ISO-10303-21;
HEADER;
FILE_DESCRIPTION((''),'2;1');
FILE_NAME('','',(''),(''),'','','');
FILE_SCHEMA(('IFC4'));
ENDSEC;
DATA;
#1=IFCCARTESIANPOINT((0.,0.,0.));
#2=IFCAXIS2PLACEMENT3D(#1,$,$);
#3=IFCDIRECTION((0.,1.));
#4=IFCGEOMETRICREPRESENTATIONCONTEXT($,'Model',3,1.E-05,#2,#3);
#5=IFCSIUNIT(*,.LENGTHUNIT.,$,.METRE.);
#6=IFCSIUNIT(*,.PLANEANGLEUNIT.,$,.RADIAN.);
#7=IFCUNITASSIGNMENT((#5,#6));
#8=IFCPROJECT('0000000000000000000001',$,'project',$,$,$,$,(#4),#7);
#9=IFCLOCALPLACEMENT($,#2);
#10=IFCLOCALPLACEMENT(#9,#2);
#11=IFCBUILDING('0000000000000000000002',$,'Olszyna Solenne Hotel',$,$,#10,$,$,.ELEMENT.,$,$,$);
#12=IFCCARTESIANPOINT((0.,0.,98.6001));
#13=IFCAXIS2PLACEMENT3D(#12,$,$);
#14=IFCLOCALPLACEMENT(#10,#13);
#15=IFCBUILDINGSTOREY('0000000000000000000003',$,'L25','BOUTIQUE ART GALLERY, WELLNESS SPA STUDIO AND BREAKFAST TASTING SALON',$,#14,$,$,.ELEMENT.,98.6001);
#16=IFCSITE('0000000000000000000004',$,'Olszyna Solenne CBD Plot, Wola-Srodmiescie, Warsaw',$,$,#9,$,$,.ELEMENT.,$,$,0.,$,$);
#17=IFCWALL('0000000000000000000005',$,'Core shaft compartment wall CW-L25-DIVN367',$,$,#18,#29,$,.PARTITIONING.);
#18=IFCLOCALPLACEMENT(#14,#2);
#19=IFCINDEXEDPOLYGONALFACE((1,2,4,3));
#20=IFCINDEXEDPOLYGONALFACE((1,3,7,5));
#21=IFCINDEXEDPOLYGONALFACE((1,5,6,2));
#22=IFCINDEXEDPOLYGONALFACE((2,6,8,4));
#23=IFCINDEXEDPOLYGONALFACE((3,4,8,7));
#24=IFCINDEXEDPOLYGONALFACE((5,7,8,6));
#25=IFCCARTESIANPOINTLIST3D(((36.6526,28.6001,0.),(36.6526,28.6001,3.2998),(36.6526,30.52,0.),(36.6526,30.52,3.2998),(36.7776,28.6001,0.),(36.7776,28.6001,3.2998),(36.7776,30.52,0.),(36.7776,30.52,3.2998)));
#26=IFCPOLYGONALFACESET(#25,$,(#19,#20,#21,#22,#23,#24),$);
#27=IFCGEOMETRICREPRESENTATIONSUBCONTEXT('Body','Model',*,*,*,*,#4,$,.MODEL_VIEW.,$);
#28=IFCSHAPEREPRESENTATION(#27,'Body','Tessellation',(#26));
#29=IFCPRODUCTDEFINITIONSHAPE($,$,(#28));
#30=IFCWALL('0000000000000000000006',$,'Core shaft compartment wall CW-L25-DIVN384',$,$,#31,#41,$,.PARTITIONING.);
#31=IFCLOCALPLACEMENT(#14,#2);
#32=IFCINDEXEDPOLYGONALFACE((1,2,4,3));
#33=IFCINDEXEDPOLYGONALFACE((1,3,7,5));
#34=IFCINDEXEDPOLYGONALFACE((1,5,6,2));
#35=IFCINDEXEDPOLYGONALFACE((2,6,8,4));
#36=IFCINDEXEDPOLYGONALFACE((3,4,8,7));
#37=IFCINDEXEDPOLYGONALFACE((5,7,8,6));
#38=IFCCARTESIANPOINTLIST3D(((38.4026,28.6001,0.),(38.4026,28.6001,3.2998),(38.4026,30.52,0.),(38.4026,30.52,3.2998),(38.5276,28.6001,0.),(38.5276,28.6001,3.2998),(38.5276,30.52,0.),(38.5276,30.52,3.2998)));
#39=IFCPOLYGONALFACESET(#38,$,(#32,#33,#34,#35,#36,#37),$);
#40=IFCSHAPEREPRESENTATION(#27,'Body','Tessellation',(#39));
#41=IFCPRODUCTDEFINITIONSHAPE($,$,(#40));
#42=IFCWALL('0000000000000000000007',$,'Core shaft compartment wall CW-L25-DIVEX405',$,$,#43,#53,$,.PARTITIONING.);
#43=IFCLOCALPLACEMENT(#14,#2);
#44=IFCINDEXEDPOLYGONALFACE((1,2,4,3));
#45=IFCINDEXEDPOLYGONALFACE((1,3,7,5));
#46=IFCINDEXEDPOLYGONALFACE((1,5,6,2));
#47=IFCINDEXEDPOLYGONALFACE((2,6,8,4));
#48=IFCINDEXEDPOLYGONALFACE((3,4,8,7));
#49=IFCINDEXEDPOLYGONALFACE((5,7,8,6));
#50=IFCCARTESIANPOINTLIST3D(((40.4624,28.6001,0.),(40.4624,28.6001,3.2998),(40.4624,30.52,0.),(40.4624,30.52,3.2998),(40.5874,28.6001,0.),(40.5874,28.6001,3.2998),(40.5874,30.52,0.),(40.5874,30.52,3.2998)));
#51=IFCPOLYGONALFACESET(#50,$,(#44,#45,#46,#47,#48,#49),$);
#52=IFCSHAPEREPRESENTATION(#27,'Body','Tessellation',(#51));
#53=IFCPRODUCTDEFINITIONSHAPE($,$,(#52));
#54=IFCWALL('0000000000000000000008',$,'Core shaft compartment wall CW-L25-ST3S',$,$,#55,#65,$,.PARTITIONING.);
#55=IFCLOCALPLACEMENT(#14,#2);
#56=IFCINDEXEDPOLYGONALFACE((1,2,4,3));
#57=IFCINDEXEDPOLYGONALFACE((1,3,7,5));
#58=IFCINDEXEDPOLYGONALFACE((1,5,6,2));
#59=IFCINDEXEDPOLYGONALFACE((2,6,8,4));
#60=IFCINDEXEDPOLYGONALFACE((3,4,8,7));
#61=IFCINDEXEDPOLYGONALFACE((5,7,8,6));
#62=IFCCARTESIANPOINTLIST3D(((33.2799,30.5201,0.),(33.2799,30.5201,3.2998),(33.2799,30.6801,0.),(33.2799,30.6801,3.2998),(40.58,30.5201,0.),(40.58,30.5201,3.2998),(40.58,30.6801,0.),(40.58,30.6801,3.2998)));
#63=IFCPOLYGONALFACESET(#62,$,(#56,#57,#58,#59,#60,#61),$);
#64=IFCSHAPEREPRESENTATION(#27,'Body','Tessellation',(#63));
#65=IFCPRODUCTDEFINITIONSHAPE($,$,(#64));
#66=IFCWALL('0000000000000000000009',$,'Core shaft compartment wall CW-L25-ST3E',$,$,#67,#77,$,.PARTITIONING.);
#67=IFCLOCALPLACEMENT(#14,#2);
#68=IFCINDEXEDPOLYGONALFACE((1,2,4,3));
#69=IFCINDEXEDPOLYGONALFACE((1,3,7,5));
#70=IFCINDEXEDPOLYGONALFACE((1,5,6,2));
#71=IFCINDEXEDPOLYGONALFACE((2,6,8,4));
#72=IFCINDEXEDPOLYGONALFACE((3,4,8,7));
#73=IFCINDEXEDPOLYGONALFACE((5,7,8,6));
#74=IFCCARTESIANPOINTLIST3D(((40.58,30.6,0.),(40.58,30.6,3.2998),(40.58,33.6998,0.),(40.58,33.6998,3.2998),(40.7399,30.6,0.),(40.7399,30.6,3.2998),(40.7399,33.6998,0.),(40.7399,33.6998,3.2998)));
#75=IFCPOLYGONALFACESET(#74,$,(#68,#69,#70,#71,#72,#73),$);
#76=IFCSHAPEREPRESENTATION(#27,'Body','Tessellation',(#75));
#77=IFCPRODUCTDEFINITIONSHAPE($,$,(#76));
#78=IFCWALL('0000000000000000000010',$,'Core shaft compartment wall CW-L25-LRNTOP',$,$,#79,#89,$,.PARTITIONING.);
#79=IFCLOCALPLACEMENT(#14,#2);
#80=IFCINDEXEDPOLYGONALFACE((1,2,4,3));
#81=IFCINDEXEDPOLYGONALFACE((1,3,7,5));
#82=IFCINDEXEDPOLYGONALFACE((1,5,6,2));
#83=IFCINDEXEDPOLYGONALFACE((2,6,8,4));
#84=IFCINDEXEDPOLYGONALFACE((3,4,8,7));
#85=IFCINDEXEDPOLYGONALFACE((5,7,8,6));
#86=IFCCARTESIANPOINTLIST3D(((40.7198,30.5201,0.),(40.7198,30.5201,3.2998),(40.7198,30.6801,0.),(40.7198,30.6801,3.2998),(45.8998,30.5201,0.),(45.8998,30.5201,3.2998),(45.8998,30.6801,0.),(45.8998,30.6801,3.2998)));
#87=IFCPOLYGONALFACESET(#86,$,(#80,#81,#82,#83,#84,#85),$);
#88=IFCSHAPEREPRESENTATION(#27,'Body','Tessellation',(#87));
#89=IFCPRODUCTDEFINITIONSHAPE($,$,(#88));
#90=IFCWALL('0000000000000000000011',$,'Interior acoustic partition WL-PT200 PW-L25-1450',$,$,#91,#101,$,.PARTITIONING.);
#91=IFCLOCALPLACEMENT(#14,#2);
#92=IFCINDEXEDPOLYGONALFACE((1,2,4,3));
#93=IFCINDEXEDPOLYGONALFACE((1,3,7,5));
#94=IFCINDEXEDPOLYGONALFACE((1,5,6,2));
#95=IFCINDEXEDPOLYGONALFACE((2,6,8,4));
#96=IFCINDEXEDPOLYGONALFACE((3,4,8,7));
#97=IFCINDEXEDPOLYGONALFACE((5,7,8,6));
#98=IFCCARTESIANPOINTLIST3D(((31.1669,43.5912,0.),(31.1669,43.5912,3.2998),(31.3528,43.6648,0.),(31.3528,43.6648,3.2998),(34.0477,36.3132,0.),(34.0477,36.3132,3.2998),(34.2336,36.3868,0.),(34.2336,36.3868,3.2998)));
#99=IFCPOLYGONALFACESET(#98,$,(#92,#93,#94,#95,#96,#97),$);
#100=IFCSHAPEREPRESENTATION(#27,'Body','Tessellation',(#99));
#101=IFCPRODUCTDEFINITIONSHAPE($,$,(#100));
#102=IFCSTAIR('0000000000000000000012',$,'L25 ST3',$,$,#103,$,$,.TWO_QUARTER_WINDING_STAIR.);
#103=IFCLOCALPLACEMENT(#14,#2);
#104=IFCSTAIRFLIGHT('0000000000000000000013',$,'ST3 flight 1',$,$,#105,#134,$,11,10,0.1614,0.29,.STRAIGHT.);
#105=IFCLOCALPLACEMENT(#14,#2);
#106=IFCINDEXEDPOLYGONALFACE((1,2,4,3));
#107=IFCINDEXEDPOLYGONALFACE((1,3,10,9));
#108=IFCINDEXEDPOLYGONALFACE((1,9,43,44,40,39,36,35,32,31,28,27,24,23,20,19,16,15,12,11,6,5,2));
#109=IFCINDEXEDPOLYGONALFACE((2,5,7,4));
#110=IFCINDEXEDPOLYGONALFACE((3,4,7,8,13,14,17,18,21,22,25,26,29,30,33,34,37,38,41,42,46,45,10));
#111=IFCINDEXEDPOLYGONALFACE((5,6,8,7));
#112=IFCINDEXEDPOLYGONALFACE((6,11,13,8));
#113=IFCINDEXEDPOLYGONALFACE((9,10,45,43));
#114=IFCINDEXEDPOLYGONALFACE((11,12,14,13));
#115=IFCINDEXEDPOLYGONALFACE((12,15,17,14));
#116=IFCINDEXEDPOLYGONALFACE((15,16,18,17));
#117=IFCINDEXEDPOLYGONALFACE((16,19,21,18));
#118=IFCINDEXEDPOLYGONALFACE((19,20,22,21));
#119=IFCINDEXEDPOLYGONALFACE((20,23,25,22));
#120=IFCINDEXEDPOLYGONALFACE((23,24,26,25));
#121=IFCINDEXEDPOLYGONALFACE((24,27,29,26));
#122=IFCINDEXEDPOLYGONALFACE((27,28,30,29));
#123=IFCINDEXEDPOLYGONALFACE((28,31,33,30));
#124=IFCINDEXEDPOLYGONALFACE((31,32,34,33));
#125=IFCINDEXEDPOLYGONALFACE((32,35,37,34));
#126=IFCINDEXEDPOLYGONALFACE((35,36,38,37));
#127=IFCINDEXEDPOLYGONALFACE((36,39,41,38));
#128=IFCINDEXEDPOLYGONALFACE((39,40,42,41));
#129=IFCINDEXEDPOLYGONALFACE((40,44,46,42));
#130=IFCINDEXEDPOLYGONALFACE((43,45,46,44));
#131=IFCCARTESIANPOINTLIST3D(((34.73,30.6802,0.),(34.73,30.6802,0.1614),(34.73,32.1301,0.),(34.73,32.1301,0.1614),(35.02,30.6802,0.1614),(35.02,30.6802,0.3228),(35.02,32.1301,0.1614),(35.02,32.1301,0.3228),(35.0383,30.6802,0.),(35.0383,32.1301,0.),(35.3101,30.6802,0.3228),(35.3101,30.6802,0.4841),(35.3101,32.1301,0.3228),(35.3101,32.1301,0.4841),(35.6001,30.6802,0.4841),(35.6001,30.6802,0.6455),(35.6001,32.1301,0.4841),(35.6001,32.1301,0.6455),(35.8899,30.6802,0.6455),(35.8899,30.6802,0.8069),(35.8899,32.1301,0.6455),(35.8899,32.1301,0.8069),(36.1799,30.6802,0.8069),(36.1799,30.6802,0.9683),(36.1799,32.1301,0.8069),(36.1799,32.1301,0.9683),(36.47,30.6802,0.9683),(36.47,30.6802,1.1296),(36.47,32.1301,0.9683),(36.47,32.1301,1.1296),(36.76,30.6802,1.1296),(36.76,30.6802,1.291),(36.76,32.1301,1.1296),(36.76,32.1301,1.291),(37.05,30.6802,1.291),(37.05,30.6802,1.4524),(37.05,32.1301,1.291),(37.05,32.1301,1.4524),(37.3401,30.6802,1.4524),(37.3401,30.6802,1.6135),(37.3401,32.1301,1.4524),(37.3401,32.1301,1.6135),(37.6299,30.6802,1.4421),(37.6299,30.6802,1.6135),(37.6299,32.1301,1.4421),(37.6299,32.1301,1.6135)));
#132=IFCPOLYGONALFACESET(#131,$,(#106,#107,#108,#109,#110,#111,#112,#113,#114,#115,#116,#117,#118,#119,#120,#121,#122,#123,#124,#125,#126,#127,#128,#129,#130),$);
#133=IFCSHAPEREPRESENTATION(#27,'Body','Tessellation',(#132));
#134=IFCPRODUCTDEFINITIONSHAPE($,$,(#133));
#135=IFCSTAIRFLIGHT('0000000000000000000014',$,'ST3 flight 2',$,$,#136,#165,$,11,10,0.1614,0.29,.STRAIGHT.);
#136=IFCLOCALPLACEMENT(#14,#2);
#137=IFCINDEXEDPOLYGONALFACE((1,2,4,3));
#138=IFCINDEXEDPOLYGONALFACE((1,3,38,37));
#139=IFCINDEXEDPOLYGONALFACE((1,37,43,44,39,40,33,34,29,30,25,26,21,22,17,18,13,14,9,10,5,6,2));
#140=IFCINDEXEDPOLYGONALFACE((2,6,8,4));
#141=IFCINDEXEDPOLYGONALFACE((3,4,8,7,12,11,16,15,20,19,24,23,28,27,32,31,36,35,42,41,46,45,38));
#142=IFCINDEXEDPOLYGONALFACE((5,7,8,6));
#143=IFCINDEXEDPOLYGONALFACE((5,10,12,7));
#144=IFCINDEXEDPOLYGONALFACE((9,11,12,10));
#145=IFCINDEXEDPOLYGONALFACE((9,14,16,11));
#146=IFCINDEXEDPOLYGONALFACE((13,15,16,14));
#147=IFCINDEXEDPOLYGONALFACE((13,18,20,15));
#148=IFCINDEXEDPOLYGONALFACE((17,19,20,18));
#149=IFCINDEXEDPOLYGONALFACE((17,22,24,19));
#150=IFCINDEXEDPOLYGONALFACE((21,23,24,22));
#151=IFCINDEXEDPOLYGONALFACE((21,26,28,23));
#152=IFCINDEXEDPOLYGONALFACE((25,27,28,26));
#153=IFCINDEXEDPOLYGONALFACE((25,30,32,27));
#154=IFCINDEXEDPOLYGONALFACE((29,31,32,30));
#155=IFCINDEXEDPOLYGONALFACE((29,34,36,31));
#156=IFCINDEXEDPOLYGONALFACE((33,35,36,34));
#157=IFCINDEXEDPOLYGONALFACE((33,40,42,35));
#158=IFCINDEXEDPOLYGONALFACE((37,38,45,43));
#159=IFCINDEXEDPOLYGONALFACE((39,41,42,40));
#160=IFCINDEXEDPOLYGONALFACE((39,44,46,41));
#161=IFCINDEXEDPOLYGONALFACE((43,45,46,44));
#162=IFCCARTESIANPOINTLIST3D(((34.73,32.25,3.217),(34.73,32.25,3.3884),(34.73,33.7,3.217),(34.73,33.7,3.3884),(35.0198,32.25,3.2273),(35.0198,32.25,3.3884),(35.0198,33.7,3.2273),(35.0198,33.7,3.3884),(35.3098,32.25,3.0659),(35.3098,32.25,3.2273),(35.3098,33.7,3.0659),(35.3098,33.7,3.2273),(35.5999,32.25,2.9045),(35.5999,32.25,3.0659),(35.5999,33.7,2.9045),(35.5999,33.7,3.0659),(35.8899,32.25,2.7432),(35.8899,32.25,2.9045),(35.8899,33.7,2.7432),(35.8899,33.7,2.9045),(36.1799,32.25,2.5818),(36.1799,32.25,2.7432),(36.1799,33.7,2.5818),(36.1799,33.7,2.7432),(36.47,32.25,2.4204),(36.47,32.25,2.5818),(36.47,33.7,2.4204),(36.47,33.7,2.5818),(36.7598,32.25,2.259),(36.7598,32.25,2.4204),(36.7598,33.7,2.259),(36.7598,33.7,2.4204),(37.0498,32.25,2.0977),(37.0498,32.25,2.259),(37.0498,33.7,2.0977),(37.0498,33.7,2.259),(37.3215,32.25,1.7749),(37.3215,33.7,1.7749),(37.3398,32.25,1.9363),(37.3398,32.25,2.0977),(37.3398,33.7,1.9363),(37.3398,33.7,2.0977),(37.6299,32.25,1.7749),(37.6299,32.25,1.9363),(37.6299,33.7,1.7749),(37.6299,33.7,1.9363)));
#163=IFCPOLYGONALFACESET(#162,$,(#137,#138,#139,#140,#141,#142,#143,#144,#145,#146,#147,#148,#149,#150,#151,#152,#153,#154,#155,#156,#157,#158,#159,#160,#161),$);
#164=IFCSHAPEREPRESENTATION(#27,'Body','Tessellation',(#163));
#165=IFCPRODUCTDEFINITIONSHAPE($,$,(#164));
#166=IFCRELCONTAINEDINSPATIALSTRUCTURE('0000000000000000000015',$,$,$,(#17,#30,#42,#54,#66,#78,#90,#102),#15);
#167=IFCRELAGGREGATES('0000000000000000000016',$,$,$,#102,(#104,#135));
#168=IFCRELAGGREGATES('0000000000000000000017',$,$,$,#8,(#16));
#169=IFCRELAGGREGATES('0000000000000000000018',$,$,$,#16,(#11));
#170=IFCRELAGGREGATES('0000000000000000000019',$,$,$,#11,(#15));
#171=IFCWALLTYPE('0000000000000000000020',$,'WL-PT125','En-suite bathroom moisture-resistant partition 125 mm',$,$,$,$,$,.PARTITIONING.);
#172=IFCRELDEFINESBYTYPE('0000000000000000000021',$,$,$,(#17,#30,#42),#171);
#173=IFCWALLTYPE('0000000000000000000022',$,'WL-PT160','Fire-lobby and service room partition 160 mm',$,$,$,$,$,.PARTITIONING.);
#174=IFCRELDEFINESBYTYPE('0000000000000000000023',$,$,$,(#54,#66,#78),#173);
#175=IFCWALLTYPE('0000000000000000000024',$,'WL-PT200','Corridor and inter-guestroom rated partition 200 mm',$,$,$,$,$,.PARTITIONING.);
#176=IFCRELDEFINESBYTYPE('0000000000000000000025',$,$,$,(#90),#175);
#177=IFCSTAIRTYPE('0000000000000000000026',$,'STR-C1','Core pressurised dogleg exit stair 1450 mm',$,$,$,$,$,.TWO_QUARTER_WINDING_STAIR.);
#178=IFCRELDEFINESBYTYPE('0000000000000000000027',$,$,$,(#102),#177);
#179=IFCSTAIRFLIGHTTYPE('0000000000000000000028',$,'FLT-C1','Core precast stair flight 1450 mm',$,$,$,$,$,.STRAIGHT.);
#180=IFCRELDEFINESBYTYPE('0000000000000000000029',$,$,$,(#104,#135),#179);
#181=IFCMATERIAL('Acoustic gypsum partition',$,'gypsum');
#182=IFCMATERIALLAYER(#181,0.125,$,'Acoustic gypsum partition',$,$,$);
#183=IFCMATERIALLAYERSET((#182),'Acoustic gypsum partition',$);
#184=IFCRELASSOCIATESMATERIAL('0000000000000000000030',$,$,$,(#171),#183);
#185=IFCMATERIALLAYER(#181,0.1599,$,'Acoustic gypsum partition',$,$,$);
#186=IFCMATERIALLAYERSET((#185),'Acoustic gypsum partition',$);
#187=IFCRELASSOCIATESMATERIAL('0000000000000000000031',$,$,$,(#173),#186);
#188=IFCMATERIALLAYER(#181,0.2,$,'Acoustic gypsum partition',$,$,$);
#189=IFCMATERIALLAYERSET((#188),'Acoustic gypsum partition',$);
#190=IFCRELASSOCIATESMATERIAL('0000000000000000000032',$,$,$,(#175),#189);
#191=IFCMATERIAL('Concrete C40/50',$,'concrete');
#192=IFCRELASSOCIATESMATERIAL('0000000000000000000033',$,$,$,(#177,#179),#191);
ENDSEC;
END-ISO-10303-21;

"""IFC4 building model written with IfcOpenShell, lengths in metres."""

from ifc_helpers import new_model, si_unit, direction, frame, frame_2d, origin, place, context, subcontext, project, spatial, polyline, rectangle, outline, extrude, material, layer, layer_set, type_object, element, aggregate, save


model = new_model("IFC4")

# Units and contexts
model_context = context("Model", 3, precision=1e-05, world=origin(), true_north=direction((0.0, 1.0)))
body_context = subcontext(model_context, "Body", "Model", "MODEL_VIEW")
ifc_project = project(units=[si_unit("LENGTHUNIT", "METRE"), si_unit("PLANEANGLEUNIT", "RADIAN")], contexts=[model_context])

# Site, building, storey
site_placement = place(None, origin())
site = spatial("IfcSite", under=ifc_project, at=site_placement, Name="Olszyna Solenne CBD Plot, Wola-Srodmiescie, Warsaw", CompositionType="ELEMENT", RefElevation=0.0)
building_placement = place(site_placement, origin())
building = spatial("IfcBuilding", under=site, at=building_placement, Name="Olszyna Solenne Hotel", CompositionType="ELEMENT")
storey_placement = place(building_placement, frame((0.0, 0.0, 98.6001)))
storey = spatial("IfcBuildingStorey", under=building, at=storey_placement, Name="L25", Description="BOUTIQUE ART GALLERY, WELLNESS SPA STUDIO AND BREAKFAST TASTING SALON", CompositionType="ELEMENT", Elevation=98.6001)

# Walls
ifc_material_1 = material(Name="Acoustic gypsum partition", Category="gypsum")
ifc_layer_1 = layer(ifc_material_1, 0.125, Name="Acoustic gypsum partition")
ifc_layer_set_1 = layer_set([ifc_layer_1], Name="Acoustic gypsum partition")
wall_type_1 = type_object("IfcWallType", Name="WL-PT125", Description="En-suite bathroom moisture-resistant partition 125 mm", PredefinedType="PARTITIONING", material=ifc_layer_set_1)
for number, where, z_axis, x_axis, name in (
    (1, (36.7151, 28.6001, 0.0), (0.0, 0.0, 1.0), (0.0, 1.0, 0.0), "Core shaft compartment wall CW-L25-DIVN367"),
    (2, (38.4651, 28.6001, 0.0), (0.0, 0.0, 1.0), (0.0, 1.0, 0.0), "Core shaft compartment wall CW-L25-DIVN384"),
    (3, (40.5249, 28.6001, 0.0), (0.0, 0.0, 1.0), (0.0, 1.0, 0.0), "Core shaft compartment wall CW-L25-DIVEX405"),
):
    element("IfcWall", number, at=place(storey_placement, frame(where, z_axis=z_axis, x_axis=x_axis)), inside=storey, type_object=wall_type_1, Name=name, PredefinedType="PARTITIONING", context=body_context, shape_type="SweptSolid", body=[
        extrude(rectangle(XDim=1.9199, YDim=0.125, at=frame_2d((0.96, 0.0))), origin(), (0.0, 0.0, 1.0), 3.2998),
    ])
ifc_layer_2 = layer(ifc_material_1, 0.1599, Name="Acoustic gypsum partition")
ifc_layer_set_2 = layer_set([ifc_layer_2], Name="Acoustic gypsum partition")
wall_type_2 = type_object("IfcWallType", Name="WL-PT160", Description="Fire-lobby and service room partition 160 mm", PredefinedType="PARTITIONING", material=ifc_layer_set_2)
wall_1_placement = place(storey_placement, frame((33.28, 30.6001, 0.0), z_axis=(0.0, 0.0, 1.0), x_axis=(1.0, 0.0, 0.0)))
element("IfcWall", 4, at=wall_1_placement, inside=storey, type_object=wall_type_2, Name="Core shaft compartment wall CW-L25-ST3S", PredefinedType="PARTITIONING", context=body_context, shape_type="SweptSolid", body=[
    extrude(rectangle(XDim=7.3, YDim=0.1599, at=frame_2d((3.6499, 0.0))), origin(), (0.0, 0.0, 1.0), 3.2998),
])
wall_2_placement = place(storey_placement, frame((40.6599, 30.6001, 0.0), z_axis=(0.0, 0.0, 1.0), x_axis=(0.0, 1.0, 0.0)))
element("IfcWall", 5, at=wall_2_placement, inside=storey, type_object=wall_type_2, Name="Core shaft compartment wall CW-L25-ST3E", PredefinedType="PARTITIONING", context=body_context, shape_type="SweptSolid", body=[
    extrude(rectangle(XDim=3.0999, YDim=0.1599, at=frame_2d((1.5498, 0.0))), origin(), (0.0, 0.0, 1.0), 3.2998),
])
wall_3_placement = place(storey_placement, frame((40.72, 30.6001, 0.0), z_axis=(0.0, 0.0, 1.0), x_axis=(1.0, 0.0, 0.0)))
element("IfcWall", 6, at=wall_3_placement, inside=storey, type_object=wall_type_2, Name="Core shaft compartment wall CW-L25-LRNTOP", PredefinedType="PARTITIONING", context=body_context, shape_type="SweptSolid", body=[
    extrude(rectangle(XDim=5.1799, YDim=0.1599, at=frame_2d((2.5898, 0.0))), origin(), (0.0, 0.0, 1.0), 3.2998),
])
ifc_layer_3 = layer(ifc_material_1, 0.2, Name="Acoustic gypsum partition")
ifc_layer_set_3 = layer_set([ifc_layer_3], Name="Acoustic gypsum partition")
wall_type_3 = type_object("IfcWallType", Name="WL-PT200", Description="Corridor and inter-guestroom rated partition 200 mm", PredefinedType="PARTITIONING", material=ifc_layer_set_3)
wall_4_placement = place(storey_placement, frame((34.1406, 36.3501, 0.0), z_axis=(0.0, 0.0, 1.0), x_axis=(-0.368043, 0.929809, 0.0)))
element("IfcWall", 7, at=wall_4_placement, inside=storey, type_object=wall_type_3, Name="Interior acoustic partition WL-PT200 PW-L25-1450", PredefinedType="PARTITIONING", context=body_context, shape_type="SweptSolid", body=[
    extrude(rectangle(XDim=7.8274, YDim=0.2, at=frame_2d((3.9136, 0.0))), origin(), (0.0, 0.0, 1.0), 3.2998),
])

# Stair, stair flights
ifc_material_2 = material(Name="Concrete C40/50", Category="concrete")
stair_type = type_object("IfcStairType", Name="STR-C1", Description="Core pressurised dogleg exit stair 1450 mm", PredefinedType="TWO_QUARTER_WINDING_STAIR", material=ifc_material_2)
stair_placement = place(storey_placement, origin())
stair = element("IfcStair", 8, at=stair_placement, inside=storey, type_object=stair_type, Name="L25 ST3", PredefinedType="TWO_QUARTER_WINDING_STAIR")
stair_flight_type = type_object("IfcStairFlightType", Name="FLT-C1", Description="Core precast stair flight 1450 mm", PredefinedType="STRAIGHT", material=ifc_material_2)
stair_flight_1_placement = place(storey_placement, frame((34.73, 31.405, 0.0), z_axis=(0.0, 0.0, 1.0), x_axis=(1.0, 0.0, 0.0)))
stair_flight_1 = element("IfcStairFlight", 9, at=stair_flight_1_placement, type_object=stair_flight_type, Name="ST3 flight 1", NumberOfRisers=11, NumberOfTreads=10, PredefinedType="STRAIGHT", RiserHeight=0.1614, TreadLength=0.29, context=body_context, shape_type="SweptSolid", body=[
    extrude(outline(polyline([(0.0, 0.0), (0.0, 0.1614), (0.29, 0.1614), (0.29, 0.3228), (0.5801, 0.3228), (0.5801, 0.4841), (0.8701, 0.4841), (0.8701, 0.6455), (1.1599, 0.6455), (1.1599, 0.8069), (1.45, 0.8069), (1.45, 0.9683), (1.74, 0.9683), (1.74, 1.1296), (2.03, 1.1296), (2.03, 1.291), (2.3201, 1.291), (2.3201, 1.4524), (2.6101, 1.4524), (2.6101, 1.6135), (2.8999, 1.6135), (2.8999, 1.7749), (2.8999, 1.4421), (0.3083, 0.0), (0.0, 0.0)])), frame((0.0, 0.7251, 0.0), z_axis=(0.0, -1.0, 0.0), x_axis=(1.0, 0.0, 0.0)), (0.0, 0.0, 1.0), 1.45),
])
stair_flight_2_placement = place(storey_placement, frame((37.6299, 32.9751, 1.7749), z_axis=(0.0, 0.0, 1.0), x_axis=(-1.0, 0.0, 0.0)))
stair_flight_2 = element("IfcStairFlight", 10, at=stair_flight_2_placement, type_object=stair_flight_type, Name="ST3 flight 2", NumberOfRisers=11, NumberOfTreads=10, PredefinedType="STRAIGHT", RiserHeight=0.1614, TreadLength=0.29, context=body_context, shape_type="SweptSolid", body=[
    extrude(outline(polyline([(0.0, 0.0), (0.0, 0.1614), (0.29, 0.1614), (0.29, 0.3228), (0.5801, 0.3228), (0.5801, 0.4841), (0.8701, 0.4841), (0.8701, 0.6455), (1.1599, 0.6455), (1.1599, 0.8069), (1.45, 0.8069), (1.45, 0.9683), (1.74, 0.9683), (1.74, 1.1296), (2.03, 1.1296), (2.03, 1.291), (2.3201, 1.291), (2.3201, 1.4524), (2.6101, 1.4524), (2.6101, 1.6135), (2.8999, 1.6135), (2.8999, 1.7749), (2.8999, 1.4421), (0.3083, 0.0), (0.0, 0.0)])), frame((0.0, 0.7251, 0.0), z_axis=(0.0, -1.0, 0.0), x_axis=(1.0, 0.0, 0.0)), (0.0, 0.0, 1.0), 1.45),
])
aggregate(stair, [stair_flight_1, stair_flight_2])

save(model, "model.ifc")
